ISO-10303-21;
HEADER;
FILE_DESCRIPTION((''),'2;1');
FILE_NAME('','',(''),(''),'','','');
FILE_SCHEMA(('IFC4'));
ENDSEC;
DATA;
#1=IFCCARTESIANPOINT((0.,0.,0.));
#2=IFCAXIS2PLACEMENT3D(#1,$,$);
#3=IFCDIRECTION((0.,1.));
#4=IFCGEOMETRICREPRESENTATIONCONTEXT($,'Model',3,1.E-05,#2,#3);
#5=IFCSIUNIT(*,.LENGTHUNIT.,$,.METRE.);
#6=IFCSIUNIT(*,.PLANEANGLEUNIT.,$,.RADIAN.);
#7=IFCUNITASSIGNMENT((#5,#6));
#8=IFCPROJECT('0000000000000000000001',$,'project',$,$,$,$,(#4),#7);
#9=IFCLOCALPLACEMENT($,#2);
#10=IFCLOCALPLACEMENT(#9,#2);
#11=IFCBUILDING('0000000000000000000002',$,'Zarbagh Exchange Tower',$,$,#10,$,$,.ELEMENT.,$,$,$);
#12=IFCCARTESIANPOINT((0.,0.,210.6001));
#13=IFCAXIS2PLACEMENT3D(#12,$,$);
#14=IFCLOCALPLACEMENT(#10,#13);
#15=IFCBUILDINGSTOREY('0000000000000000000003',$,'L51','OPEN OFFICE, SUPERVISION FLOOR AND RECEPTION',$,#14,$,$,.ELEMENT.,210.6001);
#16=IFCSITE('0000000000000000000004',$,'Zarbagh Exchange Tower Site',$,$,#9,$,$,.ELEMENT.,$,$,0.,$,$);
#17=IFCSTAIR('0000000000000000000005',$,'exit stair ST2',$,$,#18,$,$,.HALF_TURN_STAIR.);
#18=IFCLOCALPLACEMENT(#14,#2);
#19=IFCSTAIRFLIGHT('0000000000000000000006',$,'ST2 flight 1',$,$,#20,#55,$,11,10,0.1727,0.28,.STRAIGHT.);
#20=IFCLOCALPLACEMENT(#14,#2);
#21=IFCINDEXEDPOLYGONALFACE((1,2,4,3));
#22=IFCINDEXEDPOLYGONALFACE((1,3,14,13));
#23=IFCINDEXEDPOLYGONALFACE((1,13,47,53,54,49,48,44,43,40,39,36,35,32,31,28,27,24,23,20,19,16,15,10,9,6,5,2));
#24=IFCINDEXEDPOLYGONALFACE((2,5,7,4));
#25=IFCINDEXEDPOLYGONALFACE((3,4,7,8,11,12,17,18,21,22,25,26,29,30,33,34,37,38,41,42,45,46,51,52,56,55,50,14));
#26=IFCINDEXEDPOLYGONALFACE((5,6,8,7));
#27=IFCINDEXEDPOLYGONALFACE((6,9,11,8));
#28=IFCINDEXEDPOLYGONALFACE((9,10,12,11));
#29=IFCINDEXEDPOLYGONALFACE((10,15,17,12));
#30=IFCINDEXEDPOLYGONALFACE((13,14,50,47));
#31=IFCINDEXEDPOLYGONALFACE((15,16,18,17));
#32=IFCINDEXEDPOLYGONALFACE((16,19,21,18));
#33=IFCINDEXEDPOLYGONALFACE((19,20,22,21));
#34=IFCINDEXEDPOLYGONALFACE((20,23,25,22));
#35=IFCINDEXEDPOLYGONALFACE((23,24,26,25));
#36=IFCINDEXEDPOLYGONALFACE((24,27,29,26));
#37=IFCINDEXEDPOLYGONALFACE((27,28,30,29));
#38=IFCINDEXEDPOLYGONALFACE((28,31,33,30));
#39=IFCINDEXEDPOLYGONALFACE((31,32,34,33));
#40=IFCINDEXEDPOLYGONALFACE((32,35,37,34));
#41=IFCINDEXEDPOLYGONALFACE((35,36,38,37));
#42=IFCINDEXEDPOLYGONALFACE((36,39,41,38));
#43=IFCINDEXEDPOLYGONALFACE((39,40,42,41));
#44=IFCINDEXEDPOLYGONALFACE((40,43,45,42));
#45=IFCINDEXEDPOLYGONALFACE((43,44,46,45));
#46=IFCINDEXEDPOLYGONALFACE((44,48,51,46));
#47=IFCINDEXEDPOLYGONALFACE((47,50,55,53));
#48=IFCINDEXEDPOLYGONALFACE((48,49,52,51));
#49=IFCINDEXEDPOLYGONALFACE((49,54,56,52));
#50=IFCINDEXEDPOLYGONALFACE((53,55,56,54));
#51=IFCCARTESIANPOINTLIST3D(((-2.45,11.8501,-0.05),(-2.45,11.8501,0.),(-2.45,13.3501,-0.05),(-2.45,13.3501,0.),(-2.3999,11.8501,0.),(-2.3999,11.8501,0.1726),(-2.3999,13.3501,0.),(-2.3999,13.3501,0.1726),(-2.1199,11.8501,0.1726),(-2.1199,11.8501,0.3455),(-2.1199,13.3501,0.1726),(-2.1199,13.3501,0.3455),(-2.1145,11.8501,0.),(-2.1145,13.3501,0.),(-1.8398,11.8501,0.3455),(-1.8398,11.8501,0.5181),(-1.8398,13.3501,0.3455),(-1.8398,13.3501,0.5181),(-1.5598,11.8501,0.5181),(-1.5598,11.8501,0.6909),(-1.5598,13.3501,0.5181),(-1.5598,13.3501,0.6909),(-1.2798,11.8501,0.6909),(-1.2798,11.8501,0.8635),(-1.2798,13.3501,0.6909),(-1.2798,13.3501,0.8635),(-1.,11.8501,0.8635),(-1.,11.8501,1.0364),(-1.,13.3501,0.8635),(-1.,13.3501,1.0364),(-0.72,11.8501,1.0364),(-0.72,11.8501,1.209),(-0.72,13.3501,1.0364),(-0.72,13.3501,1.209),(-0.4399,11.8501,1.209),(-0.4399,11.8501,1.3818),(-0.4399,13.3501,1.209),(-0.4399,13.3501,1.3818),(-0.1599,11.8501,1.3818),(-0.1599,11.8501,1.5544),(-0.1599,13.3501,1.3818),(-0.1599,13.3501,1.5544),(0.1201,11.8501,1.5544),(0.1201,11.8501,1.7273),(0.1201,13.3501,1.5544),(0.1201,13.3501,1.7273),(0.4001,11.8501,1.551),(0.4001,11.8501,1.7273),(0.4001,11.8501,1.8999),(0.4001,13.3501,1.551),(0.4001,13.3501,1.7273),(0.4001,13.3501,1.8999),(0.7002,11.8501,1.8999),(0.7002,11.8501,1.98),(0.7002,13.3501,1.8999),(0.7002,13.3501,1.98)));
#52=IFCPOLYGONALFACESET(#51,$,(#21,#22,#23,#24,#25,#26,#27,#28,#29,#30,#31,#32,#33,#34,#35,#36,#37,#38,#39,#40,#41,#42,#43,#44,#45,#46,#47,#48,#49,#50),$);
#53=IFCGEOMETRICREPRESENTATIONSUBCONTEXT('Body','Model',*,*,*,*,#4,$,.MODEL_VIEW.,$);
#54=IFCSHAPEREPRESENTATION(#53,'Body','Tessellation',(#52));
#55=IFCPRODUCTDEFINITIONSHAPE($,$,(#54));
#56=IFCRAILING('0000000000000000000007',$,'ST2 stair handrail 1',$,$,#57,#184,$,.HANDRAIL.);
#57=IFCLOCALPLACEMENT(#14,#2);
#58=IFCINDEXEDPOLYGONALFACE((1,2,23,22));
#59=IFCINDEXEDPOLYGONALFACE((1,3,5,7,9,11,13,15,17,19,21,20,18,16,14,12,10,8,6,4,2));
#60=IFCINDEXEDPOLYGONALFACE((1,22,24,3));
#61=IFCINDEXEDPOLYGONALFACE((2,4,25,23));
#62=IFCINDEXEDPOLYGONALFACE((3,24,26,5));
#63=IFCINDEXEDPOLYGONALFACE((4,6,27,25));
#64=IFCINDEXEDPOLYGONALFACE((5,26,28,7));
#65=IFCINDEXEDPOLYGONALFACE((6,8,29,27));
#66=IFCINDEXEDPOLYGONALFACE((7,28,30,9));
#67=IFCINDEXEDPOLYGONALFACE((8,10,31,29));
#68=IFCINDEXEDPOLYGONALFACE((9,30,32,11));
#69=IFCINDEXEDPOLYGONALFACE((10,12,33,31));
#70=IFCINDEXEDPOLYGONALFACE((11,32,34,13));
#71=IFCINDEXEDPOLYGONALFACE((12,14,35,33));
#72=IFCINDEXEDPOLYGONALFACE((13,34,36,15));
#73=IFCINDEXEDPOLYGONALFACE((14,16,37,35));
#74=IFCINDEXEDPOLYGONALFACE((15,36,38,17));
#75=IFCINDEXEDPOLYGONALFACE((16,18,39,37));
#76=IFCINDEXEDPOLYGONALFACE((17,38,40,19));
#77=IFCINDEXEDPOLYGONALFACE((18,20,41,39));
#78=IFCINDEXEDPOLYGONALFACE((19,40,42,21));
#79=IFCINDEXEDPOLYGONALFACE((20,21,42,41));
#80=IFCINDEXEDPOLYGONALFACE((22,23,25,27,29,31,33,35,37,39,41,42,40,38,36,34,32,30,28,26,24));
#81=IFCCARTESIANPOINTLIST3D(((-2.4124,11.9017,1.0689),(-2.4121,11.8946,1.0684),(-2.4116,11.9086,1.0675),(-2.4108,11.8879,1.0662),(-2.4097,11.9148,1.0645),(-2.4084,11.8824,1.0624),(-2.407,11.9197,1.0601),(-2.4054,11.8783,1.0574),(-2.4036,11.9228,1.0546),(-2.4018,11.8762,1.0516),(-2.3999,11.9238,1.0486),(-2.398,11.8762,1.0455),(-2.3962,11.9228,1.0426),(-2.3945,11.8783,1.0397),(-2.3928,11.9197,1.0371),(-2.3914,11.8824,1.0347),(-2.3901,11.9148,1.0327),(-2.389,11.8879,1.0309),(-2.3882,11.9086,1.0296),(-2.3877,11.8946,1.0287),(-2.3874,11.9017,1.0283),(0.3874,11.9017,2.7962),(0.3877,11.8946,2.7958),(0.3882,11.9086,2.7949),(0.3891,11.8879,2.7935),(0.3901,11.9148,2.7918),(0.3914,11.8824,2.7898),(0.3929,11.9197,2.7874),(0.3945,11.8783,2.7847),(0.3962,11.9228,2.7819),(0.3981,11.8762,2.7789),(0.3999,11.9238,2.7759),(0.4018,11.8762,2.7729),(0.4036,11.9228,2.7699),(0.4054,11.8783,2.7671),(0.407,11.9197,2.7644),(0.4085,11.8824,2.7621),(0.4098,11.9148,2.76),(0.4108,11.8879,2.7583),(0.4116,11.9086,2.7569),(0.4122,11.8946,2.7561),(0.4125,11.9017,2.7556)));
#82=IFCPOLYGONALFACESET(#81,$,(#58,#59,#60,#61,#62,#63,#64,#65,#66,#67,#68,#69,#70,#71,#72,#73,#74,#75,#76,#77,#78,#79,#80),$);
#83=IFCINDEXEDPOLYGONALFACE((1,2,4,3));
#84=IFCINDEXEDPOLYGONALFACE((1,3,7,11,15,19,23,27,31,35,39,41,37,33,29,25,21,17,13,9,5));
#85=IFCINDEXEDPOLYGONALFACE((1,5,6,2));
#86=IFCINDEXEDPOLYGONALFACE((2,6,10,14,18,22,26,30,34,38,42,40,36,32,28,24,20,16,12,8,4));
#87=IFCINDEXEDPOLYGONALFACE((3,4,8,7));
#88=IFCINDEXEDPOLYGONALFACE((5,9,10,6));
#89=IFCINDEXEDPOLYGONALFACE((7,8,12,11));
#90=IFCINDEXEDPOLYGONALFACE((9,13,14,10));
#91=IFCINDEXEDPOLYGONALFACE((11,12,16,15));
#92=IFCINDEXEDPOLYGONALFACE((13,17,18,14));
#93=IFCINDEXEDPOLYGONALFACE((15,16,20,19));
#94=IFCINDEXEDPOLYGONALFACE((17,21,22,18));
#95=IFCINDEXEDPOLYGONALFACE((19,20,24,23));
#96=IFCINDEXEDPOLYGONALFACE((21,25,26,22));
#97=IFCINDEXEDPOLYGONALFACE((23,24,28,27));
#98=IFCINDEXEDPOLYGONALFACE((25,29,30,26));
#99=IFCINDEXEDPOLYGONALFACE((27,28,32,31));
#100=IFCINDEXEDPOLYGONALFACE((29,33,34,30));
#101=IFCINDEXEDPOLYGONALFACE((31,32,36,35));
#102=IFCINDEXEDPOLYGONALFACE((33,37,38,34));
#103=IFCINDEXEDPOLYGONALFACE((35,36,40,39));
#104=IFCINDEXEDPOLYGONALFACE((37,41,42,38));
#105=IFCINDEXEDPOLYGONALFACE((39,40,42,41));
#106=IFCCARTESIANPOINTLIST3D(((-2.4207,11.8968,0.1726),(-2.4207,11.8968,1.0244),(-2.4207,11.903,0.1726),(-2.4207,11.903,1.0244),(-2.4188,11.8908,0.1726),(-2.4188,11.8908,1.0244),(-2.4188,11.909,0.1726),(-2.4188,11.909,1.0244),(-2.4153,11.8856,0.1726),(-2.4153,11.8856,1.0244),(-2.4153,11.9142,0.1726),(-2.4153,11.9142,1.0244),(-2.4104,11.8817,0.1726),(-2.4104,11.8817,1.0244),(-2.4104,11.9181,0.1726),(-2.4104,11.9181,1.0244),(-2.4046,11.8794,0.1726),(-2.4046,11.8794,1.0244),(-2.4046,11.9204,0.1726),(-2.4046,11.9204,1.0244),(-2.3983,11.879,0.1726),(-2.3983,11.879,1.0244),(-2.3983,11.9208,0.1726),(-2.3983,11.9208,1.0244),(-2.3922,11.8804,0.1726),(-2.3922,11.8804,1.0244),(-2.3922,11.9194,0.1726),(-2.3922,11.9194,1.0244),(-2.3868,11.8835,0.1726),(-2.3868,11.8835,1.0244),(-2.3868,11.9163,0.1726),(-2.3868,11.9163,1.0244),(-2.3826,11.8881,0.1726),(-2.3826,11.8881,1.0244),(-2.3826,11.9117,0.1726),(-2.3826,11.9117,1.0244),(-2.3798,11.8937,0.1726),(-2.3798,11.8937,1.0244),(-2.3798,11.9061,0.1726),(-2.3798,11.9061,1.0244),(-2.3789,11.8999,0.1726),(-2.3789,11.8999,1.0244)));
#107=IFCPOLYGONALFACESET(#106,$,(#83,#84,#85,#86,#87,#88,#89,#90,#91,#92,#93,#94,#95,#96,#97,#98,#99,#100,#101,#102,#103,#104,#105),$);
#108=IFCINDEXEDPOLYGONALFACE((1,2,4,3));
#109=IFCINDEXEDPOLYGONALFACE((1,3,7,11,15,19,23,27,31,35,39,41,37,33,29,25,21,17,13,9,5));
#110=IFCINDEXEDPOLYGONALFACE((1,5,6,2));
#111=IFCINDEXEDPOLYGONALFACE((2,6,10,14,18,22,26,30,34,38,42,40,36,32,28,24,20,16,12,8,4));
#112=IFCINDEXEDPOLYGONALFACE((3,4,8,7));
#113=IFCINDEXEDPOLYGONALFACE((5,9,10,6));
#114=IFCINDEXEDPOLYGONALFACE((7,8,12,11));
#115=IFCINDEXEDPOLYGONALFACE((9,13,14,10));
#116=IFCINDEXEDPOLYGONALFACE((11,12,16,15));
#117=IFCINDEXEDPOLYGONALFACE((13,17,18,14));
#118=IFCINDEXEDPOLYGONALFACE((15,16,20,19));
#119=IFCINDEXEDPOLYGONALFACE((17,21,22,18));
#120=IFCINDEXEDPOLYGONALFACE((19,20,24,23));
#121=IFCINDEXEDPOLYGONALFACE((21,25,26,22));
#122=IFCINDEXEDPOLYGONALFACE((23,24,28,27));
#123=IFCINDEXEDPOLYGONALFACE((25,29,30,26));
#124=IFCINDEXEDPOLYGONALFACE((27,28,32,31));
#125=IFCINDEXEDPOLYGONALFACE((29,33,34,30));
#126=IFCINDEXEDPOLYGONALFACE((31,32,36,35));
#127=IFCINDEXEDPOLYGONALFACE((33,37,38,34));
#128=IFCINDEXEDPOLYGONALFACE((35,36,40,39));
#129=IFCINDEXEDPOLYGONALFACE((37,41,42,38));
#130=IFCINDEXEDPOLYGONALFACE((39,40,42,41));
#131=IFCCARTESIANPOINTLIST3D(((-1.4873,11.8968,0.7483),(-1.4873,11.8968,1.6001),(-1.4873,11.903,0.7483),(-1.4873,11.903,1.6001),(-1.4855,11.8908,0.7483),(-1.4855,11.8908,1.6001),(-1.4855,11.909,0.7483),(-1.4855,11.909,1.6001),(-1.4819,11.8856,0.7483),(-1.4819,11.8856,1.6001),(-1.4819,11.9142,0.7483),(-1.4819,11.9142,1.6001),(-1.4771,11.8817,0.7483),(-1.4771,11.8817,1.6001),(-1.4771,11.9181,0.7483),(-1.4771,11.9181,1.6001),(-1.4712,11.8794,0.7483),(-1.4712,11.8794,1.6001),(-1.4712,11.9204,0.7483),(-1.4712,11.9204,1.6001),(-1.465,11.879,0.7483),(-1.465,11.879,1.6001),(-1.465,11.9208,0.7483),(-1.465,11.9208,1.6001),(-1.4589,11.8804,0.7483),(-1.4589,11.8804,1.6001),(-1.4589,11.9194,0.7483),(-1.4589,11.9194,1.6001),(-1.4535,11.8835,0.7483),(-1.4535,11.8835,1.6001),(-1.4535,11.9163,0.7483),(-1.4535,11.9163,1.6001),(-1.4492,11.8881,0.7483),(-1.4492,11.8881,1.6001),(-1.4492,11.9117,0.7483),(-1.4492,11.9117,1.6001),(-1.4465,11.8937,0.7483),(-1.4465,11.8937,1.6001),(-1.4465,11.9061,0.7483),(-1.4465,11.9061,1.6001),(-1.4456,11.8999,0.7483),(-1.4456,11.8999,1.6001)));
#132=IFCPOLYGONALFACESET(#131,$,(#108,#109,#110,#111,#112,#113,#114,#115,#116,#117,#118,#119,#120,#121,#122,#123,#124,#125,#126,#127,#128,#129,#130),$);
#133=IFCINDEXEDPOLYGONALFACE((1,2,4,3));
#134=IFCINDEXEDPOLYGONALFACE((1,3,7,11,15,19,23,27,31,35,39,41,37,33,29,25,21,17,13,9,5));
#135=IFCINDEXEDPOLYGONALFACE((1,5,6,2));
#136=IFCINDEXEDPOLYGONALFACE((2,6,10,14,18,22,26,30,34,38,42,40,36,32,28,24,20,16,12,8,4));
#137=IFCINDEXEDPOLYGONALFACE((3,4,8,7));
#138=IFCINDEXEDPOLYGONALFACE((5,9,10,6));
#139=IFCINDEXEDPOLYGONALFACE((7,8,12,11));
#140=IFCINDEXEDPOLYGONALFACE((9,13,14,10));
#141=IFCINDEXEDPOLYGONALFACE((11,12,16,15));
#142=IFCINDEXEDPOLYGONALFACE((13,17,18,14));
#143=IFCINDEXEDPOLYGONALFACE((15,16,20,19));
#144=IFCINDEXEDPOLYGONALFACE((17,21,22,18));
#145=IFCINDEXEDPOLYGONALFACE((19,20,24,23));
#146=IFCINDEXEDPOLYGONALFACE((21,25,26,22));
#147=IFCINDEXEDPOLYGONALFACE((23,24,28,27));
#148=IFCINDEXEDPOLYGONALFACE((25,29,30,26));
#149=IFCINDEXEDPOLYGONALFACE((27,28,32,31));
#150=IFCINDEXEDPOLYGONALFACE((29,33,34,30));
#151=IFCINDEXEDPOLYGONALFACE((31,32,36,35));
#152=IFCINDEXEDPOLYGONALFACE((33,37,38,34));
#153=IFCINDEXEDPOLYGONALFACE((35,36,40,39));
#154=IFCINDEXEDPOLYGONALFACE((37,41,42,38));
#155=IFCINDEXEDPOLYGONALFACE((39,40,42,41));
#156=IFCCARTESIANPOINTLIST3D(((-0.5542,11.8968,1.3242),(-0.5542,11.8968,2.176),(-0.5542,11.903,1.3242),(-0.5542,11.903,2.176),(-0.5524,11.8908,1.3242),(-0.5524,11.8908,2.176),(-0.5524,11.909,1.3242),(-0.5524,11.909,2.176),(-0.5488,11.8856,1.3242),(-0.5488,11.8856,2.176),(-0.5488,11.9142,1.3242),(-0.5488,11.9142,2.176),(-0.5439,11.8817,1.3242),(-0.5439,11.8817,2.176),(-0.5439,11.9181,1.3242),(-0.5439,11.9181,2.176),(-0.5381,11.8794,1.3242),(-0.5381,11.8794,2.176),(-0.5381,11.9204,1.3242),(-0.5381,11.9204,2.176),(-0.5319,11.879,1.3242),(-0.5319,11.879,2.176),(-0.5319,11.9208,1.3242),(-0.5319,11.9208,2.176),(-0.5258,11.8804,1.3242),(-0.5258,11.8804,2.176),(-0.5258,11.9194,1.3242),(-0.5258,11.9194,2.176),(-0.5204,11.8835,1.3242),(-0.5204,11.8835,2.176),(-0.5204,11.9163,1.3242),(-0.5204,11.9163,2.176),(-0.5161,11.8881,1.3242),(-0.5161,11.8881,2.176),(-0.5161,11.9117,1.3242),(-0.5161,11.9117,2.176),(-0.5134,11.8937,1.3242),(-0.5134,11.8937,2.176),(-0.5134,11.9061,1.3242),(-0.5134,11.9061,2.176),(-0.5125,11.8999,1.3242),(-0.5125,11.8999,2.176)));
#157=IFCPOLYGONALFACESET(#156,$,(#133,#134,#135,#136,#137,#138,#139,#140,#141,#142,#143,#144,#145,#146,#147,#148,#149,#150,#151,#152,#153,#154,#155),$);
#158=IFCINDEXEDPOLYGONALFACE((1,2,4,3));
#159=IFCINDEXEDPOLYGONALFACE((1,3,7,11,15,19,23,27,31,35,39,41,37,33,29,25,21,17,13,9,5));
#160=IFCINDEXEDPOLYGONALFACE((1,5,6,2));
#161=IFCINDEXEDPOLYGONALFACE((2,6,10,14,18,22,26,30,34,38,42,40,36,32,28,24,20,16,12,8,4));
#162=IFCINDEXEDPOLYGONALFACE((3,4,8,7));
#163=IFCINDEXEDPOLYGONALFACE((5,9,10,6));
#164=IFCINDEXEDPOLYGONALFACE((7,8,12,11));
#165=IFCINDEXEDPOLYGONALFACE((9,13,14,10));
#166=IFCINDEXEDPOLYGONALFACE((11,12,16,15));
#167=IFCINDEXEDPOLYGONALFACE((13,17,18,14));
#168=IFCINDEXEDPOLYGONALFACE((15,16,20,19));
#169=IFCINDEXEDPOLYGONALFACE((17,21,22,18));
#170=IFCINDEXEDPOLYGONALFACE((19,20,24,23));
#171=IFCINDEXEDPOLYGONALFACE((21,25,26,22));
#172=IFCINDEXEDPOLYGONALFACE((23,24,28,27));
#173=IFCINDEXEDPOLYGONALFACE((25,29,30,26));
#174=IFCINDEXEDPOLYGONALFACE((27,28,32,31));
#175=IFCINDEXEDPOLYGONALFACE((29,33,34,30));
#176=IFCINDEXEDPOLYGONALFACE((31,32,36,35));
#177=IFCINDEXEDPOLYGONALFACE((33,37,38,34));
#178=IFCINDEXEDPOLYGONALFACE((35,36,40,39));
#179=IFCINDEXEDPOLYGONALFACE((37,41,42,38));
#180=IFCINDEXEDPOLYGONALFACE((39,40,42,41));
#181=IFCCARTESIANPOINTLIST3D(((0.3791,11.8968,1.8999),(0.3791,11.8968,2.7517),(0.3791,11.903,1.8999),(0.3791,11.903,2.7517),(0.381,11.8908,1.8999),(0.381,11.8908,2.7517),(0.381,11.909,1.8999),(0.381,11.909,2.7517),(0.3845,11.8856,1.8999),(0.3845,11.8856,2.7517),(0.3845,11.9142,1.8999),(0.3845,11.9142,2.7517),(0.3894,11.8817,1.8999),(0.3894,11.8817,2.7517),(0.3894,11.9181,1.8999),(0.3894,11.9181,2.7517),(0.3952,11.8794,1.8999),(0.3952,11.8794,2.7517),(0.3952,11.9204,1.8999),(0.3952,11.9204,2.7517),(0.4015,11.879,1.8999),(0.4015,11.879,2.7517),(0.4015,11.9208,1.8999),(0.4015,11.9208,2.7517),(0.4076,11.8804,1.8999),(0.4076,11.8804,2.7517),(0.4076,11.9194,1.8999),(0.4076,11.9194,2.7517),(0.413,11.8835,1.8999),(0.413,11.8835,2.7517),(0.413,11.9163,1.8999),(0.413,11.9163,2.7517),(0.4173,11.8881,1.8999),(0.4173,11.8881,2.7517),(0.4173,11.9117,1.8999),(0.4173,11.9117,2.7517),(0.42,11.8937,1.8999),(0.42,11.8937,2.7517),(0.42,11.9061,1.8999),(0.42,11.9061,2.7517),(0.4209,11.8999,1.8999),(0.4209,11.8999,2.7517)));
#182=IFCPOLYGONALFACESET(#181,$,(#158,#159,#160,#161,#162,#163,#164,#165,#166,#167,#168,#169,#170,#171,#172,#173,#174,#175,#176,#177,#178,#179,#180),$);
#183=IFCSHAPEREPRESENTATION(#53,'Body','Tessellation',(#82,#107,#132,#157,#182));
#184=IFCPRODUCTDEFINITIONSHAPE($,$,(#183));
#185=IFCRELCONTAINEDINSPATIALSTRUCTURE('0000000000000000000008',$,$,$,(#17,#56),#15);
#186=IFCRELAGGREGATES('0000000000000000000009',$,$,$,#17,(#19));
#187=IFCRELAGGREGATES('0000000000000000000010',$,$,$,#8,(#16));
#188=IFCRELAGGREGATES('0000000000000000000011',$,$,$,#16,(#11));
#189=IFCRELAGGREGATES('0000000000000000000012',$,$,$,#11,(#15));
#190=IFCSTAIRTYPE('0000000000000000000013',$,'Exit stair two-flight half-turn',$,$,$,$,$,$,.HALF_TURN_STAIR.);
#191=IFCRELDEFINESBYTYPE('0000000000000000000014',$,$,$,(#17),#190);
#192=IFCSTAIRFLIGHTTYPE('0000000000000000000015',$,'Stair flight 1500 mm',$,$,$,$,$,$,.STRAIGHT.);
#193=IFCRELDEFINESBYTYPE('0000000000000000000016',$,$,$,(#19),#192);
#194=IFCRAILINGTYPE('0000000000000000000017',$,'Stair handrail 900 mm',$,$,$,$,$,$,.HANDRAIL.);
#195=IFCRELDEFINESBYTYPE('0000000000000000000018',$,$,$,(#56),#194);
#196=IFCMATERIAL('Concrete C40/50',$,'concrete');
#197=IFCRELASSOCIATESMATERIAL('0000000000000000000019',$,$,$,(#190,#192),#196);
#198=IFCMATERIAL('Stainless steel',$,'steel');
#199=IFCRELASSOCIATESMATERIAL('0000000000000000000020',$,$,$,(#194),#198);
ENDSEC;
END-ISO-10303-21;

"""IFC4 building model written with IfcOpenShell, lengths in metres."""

from ifc_helpers import new_model, si_unit, direction, frame, origin, origin_2d, place, context, subcontext, project, spatial, polyline, circle, outline, extrude, material, type_object, element, aggregate, save


model = new_model("IFC4")

# Units and contexts
model_context = context("Model", 3, precision=1e-05, world=origin(), true_north=direction((0.0, 1.0)))
body_context = subcontext(model_context, "Body", "Model", "MODEL_VIEW")
ifc_project = project(units=[si_unit("LENGTHUNIT", "METRE"), si_unit("PLANEANGLEUNIT", "RADIAN")], contexts=[model_context])

# Site, building, storey
site_placement = place(None, origin())
site = spatial("IfcSite", under=ifc_project, at=site_placement, Name="Zarbagh Exchange Tower Site", CompositionType="ELEMENT", RefElevation=0.0)
building_placement = place(site_placement, origin())
building = spatial("IfcBuilding", under=site, at=building_placement, Name="Zarbagh Exchange Tower", CompositionType="ELEMENT")
storey_placement = place(building_placement, frame((0.0, 0.0, 210.6001)))
storey = spatial("IfcBuildingStorey", under=building, at=storey_placement, Name="L51", Description="OPEN OFFICE, SUPERVISION FLOOR AND RECEPTION", CompositionType="ELEMENT", Elevation=210.6001)

# Shared definitions
ifc_material_1 = material(Name="Concrete C40/50", Category="concrete")

# Stair, stair flight
stair_type = type_object("IfcStairType", Name="Exit stair two-flight half-turn", PredefinedType="HALF_TURN_STAIR", material=ifc_material_1)
stair_placement = place(storey_placement, origin())
stair = element("IfcStair", 1, at=stair_placement, inside=storey, type_object=stair_type, Name="exit stair ST2", PredefinedType="HALF_TURN_STAIR")
stair_flight_type = type_object("IfcStairFlightType", Name="Stair flight 1500 mm", PredefinedType="STRAIGHT", material=ifc_material_1)
stair_flight_placement = place(storey_placement, frame((-2.3999, 12.6001, 0.0), z_axis=(0.0, 0.0, 1.0), x_axis=(1.0, 0.0, 0.0)))
stair_flight = element("IfcStairFlight", 2, at=stair_flight_placement, type_object=stair_flight_type, Name="ST2 flight 1", NumberOfRisers=11, NumberOfTreads=10, PredefinedType="STRAIGHT", RiserHeight=0.1727, TreadLength=0.28, context=body_context, shape_type="SweptSolid", body=[
    extrude(outline(polyline([(-0.05, -0.05), (-0.05, 0.0), (0.0, 0.0), (0.0, 0.1726), (0.28, 0.1726), (0.28, 0.3455), (0.5601, 0.3455), (0.5601, 0.5181), (0.8401, 0.5181), (0.8401, 0.6909), (1.1201, 0.6909), (1.1201, 0.8635), (1.3999, 0.8635), (1.3999, 1.0364), (1.6799, 1.0364), (1.6799, 1.209), (1.96, 1.209), (1.96, 1.3818), (2.24, 1.3818), (2.24, 1.5544), (2.52, 1.5544), (2.52, 1.7273), (2.8, 1.7273), (2.8, 1.8999), (3.1001, 1.98), (3.1001, 1.8999), (2.8, 1.551), (0.2854, 0.0), (-0.05, -0.05)])), frame((0.0, 0.75, 0.0), z_axis=(0.0, -1.0, 0.0), x_axis=(1.0, 0.0, 0.0)), (0.0, 0.0, 1.0), 1.5),
])
aggregate(stair, [stair_flight])

# Railing
ifc_material_2 = material(Name="Stainless steel", Category="steel")
railing_type_1 = type_object("IfcRailingType", Name="Stair handrail 900 mm", PredefinedType="HANDRAIL", material=ifc_material_2)
railing_1_placement = place(storey_placement, frame((-2.3999, 11.8999, 0.1726)))
element("IfcRailing", 3, at=railing_1_placement, inside=storey, type_object=railing_type_1, Name="ST2 stair handrail 1", PredefinedType="HANDRAIL", context=body_context, shape_type="SweptSolid", body=[
    extrude(circle(Radius=0.0239, at=origin_2d()), frame((0.0, 0.0, 0.876), z_axis=(0.851069, 0.0, 0.525054), x_axis=(0.0, 1.0, 0.0)), (0.0, 0.0, 1.0), 3.2898),
    extrude(circle(Radius=0.021, at=origin_2d()), origin(), (0.0, 0.0, 1.0), 0.8518),
    extrude(circle(Radius=0.021, at=origin_2d()), frame((0.9333, 0.0, 0.5757)), (0.0, 0.0, 1.0), 0.8518),
    extrude(circle(Radius=0.021, at=origin_2d()), frame((1.8665, 0.0, 1.1516)), (0.0, 0.0, 1.0), 0.8518),
    extrude(circle(Radius=0.021, at=origin_2d()), frame((2.7998, 0.0, 1.7273)), (0.0, 0.0, 1.0), 0.8518),
])

save(model, "model.ifc")
